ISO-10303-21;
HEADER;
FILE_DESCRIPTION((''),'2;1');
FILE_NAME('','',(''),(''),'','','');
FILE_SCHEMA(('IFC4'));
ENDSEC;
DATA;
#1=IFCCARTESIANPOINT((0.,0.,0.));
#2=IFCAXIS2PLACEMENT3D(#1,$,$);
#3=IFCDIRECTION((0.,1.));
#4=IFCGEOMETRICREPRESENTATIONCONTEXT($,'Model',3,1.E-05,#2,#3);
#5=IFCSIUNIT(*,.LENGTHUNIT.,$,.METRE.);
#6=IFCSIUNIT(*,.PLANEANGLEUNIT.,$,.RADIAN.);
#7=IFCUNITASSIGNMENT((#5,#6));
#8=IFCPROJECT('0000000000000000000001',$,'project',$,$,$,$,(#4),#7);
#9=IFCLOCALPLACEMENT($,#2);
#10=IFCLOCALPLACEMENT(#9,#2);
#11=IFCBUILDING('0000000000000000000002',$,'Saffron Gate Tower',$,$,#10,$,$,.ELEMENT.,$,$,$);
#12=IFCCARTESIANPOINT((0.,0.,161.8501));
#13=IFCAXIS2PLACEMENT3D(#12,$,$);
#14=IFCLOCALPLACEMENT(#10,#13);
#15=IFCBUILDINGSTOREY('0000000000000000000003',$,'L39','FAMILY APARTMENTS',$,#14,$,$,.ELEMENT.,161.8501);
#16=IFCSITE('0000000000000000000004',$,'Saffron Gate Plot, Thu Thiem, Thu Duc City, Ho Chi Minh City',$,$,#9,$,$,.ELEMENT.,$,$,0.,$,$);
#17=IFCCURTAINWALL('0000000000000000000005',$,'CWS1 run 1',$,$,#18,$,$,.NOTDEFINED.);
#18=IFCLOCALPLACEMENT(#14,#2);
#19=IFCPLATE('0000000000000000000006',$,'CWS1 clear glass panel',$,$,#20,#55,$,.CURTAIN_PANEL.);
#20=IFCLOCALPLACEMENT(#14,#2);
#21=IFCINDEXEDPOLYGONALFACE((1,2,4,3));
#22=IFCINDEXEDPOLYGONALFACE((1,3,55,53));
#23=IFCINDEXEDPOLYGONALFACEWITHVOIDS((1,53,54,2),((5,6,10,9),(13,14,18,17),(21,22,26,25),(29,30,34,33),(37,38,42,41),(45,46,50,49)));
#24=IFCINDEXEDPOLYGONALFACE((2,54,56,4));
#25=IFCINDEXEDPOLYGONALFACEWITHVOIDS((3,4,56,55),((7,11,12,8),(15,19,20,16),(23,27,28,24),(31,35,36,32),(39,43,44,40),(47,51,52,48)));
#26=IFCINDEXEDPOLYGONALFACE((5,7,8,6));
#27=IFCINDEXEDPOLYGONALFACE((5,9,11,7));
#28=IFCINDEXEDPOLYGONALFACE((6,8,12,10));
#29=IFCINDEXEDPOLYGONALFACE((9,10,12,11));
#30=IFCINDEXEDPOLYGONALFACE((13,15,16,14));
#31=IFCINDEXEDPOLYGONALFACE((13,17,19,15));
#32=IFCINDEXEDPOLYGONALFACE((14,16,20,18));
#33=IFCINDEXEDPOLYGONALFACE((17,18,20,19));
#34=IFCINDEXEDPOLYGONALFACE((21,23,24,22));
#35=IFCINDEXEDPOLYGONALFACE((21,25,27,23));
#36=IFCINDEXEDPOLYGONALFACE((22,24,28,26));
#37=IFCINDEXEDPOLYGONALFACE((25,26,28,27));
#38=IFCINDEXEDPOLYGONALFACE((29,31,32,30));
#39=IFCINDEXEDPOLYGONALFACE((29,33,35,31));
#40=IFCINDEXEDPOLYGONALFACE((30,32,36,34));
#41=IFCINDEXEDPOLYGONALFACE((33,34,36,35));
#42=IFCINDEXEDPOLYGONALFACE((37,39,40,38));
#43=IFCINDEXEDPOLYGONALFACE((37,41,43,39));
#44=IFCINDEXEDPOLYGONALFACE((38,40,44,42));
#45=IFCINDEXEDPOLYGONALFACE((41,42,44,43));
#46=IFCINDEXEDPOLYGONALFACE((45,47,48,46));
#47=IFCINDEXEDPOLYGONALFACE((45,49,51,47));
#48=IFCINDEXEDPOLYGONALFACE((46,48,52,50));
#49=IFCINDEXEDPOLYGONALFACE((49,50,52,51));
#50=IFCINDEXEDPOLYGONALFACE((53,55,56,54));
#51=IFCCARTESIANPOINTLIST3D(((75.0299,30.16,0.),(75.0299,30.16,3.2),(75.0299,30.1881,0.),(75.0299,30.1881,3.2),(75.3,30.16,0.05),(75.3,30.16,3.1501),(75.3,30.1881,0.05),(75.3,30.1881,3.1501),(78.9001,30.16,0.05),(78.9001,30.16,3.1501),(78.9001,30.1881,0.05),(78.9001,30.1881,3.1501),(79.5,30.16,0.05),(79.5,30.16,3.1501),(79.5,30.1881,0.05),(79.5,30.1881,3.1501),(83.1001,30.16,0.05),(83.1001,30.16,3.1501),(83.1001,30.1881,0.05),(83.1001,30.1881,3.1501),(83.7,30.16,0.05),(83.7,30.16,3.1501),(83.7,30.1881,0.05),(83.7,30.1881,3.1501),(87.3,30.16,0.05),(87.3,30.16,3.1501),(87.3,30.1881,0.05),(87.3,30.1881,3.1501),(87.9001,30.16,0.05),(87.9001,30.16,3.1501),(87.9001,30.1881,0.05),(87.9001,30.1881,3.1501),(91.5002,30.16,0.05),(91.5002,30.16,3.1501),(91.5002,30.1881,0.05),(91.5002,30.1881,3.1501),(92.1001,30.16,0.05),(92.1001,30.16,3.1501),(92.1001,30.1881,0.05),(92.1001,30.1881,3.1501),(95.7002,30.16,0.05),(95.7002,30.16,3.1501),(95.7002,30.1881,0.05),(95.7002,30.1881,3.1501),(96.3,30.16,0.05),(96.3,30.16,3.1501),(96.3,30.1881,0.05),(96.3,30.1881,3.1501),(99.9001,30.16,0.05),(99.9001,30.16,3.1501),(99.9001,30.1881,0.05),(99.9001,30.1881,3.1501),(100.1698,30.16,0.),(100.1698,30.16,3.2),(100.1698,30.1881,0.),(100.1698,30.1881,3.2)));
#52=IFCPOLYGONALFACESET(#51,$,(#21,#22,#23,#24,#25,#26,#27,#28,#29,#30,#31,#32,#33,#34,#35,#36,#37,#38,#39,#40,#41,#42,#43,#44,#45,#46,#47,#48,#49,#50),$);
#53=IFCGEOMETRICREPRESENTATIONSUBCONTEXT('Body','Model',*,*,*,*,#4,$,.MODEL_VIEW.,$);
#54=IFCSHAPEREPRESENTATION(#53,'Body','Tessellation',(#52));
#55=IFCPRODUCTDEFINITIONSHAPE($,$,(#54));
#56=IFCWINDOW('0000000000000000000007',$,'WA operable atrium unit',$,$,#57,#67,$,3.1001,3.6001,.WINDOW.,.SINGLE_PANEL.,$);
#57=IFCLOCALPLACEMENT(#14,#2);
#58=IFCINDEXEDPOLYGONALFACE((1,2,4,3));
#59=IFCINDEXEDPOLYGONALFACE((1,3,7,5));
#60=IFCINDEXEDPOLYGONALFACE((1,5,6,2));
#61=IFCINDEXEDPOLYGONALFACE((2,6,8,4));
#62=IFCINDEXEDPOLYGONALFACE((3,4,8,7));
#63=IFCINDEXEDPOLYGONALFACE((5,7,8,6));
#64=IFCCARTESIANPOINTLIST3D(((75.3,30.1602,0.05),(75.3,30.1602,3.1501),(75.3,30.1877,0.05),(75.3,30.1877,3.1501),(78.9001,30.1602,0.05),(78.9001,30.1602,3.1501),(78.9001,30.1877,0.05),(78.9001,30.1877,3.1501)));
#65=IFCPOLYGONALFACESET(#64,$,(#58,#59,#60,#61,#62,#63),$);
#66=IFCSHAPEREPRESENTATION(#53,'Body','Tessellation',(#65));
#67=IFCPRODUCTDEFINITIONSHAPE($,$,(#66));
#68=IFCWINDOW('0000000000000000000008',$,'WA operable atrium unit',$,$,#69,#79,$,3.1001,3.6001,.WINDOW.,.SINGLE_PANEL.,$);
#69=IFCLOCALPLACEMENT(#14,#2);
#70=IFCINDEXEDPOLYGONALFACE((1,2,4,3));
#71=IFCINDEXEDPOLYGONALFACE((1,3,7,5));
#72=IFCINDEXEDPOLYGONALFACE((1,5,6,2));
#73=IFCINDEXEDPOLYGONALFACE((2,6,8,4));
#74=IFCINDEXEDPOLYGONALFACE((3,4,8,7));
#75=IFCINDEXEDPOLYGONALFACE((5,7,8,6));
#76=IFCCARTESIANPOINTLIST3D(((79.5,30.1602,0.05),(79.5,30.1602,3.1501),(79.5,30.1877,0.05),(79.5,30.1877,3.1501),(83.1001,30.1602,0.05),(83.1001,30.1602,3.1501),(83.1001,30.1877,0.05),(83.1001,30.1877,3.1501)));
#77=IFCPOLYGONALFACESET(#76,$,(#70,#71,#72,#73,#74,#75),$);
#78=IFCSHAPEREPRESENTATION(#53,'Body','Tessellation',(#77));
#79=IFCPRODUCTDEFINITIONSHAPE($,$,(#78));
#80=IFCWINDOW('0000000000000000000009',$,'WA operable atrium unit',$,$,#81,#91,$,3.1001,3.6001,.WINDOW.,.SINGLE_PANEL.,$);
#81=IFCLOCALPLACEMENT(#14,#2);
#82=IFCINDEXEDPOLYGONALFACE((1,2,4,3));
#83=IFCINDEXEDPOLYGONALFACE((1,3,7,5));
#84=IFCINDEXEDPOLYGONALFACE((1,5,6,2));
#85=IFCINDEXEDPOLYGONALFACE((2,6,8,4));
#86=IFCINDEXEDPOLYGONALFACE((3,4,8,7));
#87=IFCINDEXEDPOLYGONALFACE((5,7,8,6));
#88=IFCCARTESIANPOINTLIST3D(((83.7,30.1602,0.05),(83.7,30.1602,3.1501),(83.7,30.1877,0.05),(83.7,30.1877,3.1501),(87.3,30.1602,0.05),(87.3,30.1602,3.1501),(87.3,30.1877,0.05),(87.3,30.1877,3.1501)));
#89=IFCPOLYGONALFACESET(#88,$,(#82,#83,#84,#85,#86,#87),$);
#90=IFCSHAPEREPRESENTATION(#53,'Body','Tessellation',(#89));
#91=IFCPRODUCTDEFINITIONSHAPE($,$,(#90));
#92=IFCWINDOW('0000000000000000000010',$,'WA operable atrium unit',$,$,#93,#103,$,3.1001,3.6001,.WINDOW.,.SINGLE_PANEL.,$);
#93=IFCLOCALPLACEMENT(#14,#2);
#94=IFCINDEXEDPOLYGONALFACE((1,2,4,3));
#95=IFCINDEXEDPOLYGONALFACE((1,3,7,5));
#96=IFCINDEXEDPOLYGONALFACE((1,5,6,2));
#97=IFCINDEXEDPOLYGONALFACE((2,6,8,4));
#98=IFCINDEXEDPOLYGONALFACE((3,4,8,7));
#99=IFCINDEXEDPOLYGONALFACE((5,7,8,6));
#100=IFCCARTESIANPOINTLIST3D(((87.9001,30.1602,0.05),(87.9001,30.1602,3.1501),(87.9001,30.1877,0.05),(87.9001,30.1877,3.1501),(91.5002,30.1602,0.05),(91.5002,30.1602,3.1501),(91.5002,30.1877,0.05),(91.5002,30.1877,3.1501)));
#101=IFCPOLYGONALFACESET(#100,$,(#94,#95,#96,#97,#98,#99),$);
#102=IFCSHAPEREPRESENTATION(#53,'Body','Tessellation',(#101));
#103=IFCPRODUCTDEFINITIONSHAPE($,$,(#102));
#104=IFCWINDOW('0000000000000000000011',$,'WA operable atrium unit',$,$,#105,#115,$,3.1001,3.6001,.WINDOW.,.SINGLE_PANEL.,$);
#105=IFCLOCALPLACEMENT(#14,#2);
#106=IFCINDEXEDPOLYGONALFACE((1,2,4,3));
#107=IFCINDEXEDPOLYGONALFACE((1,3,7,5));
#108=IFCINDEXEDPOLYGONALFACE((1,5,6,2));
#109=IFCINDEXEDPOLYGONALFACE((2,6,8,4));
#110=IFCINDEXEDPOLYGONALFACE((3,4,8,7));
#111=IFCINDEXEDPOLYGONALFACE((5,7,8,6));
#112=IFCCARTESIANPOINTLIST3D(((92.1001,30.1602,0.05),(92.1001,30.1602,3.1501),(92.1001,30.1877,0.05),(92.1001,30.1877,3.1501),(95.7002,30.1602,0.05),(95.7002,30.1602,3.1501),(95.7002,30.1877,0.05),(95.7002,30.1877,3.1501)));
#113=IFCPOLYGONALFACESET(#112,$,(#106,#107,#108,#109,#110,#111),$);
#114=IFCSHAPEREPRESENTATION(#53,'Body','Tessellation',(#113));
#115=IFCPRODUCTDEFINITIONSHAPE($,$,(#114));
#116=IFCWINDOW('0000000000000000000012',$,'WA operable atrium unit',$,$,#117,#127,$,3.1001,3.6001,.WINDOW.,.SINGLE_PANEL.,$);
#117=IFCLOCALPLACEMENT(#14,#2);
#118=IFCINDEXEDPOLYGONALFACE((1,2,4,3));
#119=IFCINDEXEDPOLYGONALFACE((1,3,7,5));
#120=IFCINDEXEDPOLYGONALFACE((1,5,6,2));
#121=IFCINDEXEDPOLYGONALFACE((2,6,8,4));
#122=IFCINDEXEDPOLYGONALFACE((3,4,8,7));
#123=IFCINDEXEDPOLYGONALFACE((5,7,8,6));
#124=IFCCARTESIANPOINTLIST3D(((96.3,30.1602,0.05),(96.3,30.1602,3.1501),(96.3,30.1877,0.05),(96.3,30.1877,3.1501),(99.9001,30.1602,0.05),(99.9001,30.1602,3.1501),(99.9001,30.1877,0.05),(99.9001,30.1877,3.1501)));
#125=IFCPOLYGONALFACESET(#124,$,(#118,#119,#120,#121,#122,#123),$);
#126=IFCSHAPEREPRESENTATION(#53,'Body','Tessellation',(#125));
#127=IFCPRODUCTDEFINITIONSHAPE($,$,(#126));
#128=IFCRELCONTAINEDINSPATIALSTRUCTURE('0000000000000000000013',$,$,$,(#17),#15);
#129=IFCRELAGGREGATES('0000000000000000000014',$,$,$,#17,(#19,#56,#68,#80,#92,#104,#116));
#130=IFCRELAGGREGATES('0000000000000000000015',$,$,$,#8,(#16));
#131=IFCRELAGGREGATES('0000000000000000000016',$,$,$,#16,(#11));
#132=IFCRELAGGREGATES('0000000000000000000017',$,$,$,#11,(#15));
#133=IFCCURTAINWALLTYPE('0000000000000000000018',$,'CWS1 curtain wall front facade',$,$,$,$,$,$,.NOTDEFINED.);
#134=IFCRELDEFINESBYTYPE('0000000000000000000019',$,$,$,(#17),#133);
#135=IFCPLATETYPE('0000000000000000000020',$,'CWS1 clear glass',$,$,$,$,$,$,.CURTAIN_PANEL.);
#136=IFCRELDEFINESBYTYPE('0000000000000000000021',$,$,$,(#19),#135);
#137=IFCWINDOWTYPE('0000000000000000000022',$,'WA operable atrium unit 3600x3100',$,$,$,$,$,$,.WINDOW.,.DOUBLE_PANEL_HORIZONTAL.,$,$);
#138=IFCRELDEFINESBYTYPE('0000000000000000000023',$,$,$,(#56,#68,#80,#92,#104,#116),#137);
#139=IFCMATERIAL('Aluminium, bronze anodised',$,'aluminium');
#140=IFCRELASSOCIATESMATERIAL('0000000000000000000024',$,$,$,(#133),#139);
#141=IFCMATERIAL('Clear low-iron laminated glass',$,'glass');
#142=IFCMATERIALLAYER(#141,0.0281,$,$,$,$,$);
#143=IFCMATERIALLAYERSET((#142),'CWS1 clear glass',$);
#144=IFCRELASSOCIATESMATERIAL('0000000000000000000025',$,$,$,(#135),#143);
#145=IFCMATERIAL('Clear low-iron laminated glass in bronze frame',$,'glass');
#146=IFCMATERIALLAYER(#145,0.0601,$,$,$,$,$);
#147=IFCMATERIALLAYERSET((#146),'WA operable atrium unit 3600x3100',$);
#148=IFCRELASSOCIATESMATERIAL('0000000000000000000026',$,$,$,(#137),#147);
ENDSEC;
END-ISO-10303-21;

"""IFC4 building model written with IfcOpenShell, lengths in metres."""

from ifc_helpers import new_model, si_unit, direction, frame, frame_2d, origin, place, context, subcontext, project, spatial, rectangle, extrude, material, layer, layer_set, type_object, element, fill, aggregate, save


model = new_model("IFC4")

# Units and contexts
model_context = context("Model", 3, precision=1e-05, world=origin(), true_north=direction((0.0, 1.0)))
body_context = subcontext(model_context, "Body", "Model", "MODEL_VIEW")
ifc_project = project(units=[si_unit("LENGTHUNIT", "METRE"), si_unit("PLANEANGLEUNIT", "RADIAN")], contexts=[model_context])

# Site, building, storey
site_placement = place(None, origin())
site = spatial("IfcSite", under=ifc_project, at=site_placement, Name="Saffron Gate Plot, Thu Thiem, Thu Duc City, Ho Chi Minh City", CompositionType="ELEMENT", RefElevation=0.0)
building_placement = place(site_placement, origin())
building = spatial("IfcBuilding", under=site, at=building_placement, Name="Saffron Gate Tower", CompositionType="ELEMENT")
storey_placement = place(building_placement, frame((0.0, 0.0, 161.8501)))
storey = spatial("IfcBuildingStorey", under=building, at=storey_placement, Name="L39", Description="FAMILY APARTMENTS", CompositionType="ELEMENT", Elevation=161.8501)

# Curtain wall, plate, openings, windows
ifc_material_1 = material(Name="Aluminium, bronze anodised", Category="aluminium")
curtain_wall_type = type_object("IfcCurtainWallType", Name="CWS1 curtain wall front facade", PredefinedType="NOTDEFINED", material=ifc_material_1)
curtain_wall_placement = place(storey_placement, origin())
curtain_wall = element("IfcCurtainWall", 1, at=curtain_wall_placement, inside=storey, type_object=curtain_wall_type, Name="CWS1 run 1", PredefinedType="NOTDEFINED")
ifc_material_2 = material(Name="Clear low-iron laminated glass", Category="glass")
ifc_layer_1 = layer(ifc_material_2, 0.0281)
ifc_layer_set_1 = layer_set([ifc_layer_1], Name="CWS1 clear glass")
plate_type = type_object("IfcPlateType", Name="CWS1 clear glass", PredefinedType="CURTAIN_PANEL", material=ifc_layer_set_1)
plate_placement = place(storey_placement, frame((75.03, 30.1741, 0.0), z_axis=(0.0, 0.0, 1.0), x_axis=(1.0, 0.0, 0.0)))
plate = element("IfcPlate", 2, at=plate_placement, type_object=plate_type, Name="CWS1 clear glass panel", PredefinedType="CURTAIN_PANEL", context=body_context, shape_type="SweptSolid", body=[
    extrude(rectangle(XDim=25.1399, YDim=0.0281, at=frame_2d((12.5698, 0.0))), origin(), (0.0, 0.0, 1.0), 3.2),
])
opening_1_placement = place(plate_placement, frame((0.27, 0.0, 0.05)))
opening_1 = element("IfcOpeningElement", 3, at=opening_1_placement, cuts=plate, PredefinedType="OPENING", context=body_context, shape_type="SweptSolid", body=[
    extrude(rectangle(XDim=3.6001, YDim=3.1001, at=frame_2d((1.8, 1.55))), frame((0.0, 0.0239, 0.0), z_axis=(0.0, -1.0, 0.0), x_axis=(1.0, 0.0, 0.0)), (0.0, 0.0, 1.0), 0.0481),
])
opening_2_placement = place(plate_placement, frame((4.47, 0.0, 0.05)))
opening_2 = element("IfcOpeningElement", 4, at=opening_2_placement, cuts=plate, PredefinedType="OPENING", context=body_context, shape_type="SweptSolid", body=[
    extrude(rectangle(XDim=3.6001, YDim=3.1001, at=frame_2d((1.8, 1.55))), frame((0.0, 0.0239, 0.0), z_axis=(0.0, -1.0, 0.0), x_axis=(1.0, 0.0, 0.0)), (0.0, 0.0, 1.0), 0.0481),
])
opening_3_placement = place(plate_placement, frame((8.6699, 0.0, 0.05)))
opening_3 = element("IfcOpeningElement", 5, at=opening_3_placement, cuts=plate, PredefinedType="OPENING", context=body_context, shape_type="SweptSolid", body=[
    extrude(rectangle(XDim=3.6001, YDim=3.1001, at=frame_2d((1.8, 1.55))), frame((0.0, 0.0239, 0.0), z_axis=(0.0, -1.0, 0.0), x_axis=(1.0, 0.0, 0.0)), (0.0, 0.0, 1.0), 0.0481),
])
opening_4_placement = place(plate_placement, frame((12.8701, 0.0, 0.05)))
opening_4 = element("IfcOpeningElement", 6, at=opening_4_placement, cuts=plate, PredefinedType="OPENING", context=body_context, shape_type="SweptSolid", body=[
    extrude(rectangle(XDim=3.6001, YDim=3.1001, at=frame_2d((1.8, 1.55))), frame((0.0, 0.0239, 0.0), z_axis=(0.0, -1.0, 0.0), x_axis=(1.0, 0.0, 0.0)), (0.0, 0.0, 1.0), 0.0481),
])
opening_5_placement = place(plate_placement, frame((17.0701, 0.0, 0.05)))
opening_5 = element("IfcOpeningElement", 7, at=opening_5_placement, cuts=plate, PredefinedType="OPENING", context=body_context, shape_type="SweptSolid", body=[
    extrude(rectangle(XDim=3.6001, YDim=3.1001, at=frame_2d((1.8, 1.55))), frame((0.0, 0.0239, 0.0), z_axis=(0.0, -1.0, 0.0), x_axis=(1.0, 0.0, 0.0)), (0.0, 0.0, 1.0), 0.0481),
])
opening_6_placement = place(plate_placement, frame((21.27, 0.0, 0.05)))
opening_6 = element("IfcOpeningElement", 8, at=opening_6_placement, cuts=plate, PredefinedType="OPENING", context=body_context, shape_type="SweptSolid", body=[
    extrude(rectangle(XDim=3.6001, YDim=3.1001, at=frame_2d((1.8, 1.55))), frame((0.0, 0.0239, 0.0), z_axis=(0.0, -1.0, 0.0), x_axis=(1.0, 0.0, 0.0)), (0.0, 0.0, 1.0), 0.0481),
])
ifc_material_3 = material(Name="Clear low-iron laminated glass in bronze frame", Category="glass")
ifc_layer_2 = layer(ifc_material_3, 0.0601)
ifc_layer_set_2 = layer_set([ifc_layer_2], Name="WA operable atrium unit 3600x3100")
window_type = type_object("IfcWindowType", Name="WA operable atrium unit 3600x3100", PartitioningType="DOUBLE_PANEL_HORIZONTAL", PredefinedType="WINDOW", material=ifc_layer_set_2)
window_1_placement = place(opening_1_placement, origin())
window_1 = element("IfcWindow", 9, at=window_1_placement, type_object=window_type, Name="WA operable atrium unit", OverallHeight=3.1001, OverallWidth=3.6001, PartitioningType="SINGLE_PANEL", PredefinedType="WINDOW", context=body_context, shape_type="SweptSolid", body=[
    extrude(rectangle(XDim=3.6001, YDim=3.1001, at=frame_2d((1.8, 1.55))), frame((0.0, 0.0137, 0.0), z_axis=(0.0, -1.0, 0.0), x_axis=(1.0, 0.0, 0.0)), (0.0, 0.0, 1.0), 0.0276),
])
fill(opening_1, window_1)
window_2_placement = place(opening_2_placement, origin())
window_2 = element("IfcWindow", 10, at=window_2_placement, type_object=window_type, Name="WA operable atrium unit", OverallHeight=3.1001, OverallWidth=3.6001, PartitioningType="SINGLE_PANEL", PredefinedType="WINDOW", context=body_context, shape_type="SweptSolid", body=[
    extrude(rectangle(XDim=3.6001, YDim=3.1001, at=frame_2d((1.8, 1.55))), frame((0.0, 0.0137, 0.0), z_axis=(0.0, -1.0, 0.0), x_axis=(1.0, 0.0, 0.0)), (0.0, 0.0, 1.0), 0.0276),
])
fill(opening_2, window_2)
window_3_placement = place(opening_3_placement, origin())
window_3 = element("IfcWindow", 11, at=window_3_placement, type_object=window_type, Name="WA operable atrium unit", OverallHeight=3.1001, OverallWidth=3.6001, PartitioningType="SINGLE_PANEL", PredefinedType="WINDOW", context=body_context, shape_type="SweptSolid", body=[
    extrude(rectangle(XDim=3.6001, YDim=3.1001, at=frame_2d((1.8, 1.55))), frame((0.0, 0.0137, 0.0), z_axis=(0.0, -1.0, 0.0), x_axis=(1.0, 0.0, 0.0)), (0.0, 0.0, 1.0), 0.0276),
])
fill(opening_3, window_3)
window_4_placement = place(opening_4_placement, origin())
window_4 = element("IfcWindow", 12, at=window_4_placement, type_object=window_type, Name="WA operable atrium unit", OverallHeight=3.1001, OverallWidth=3.6001, PartitioningType="SINGLE_PANEL", PredefinedType="WINDOW", context=body_context, shape_type="SweptSolid", body=[
    extrude(rectangle(XDim=3.6001, YDim=3.1001, at=frame_2d((1.8, 1.55))), frame((0.0, 0.0137, 0.0), z_axis=(0.0, -1.0, 0.0), x_axis=(1.0, 0.0, 0.0)), (0.0, 0.0, 1.0), 0.0276),
])
fill(opening_4, window_4)
window_5_placement = place(opening_5_placement, origin())
window_5 = element("IfcWindow", 13, at=window_5_placement, type_object=window_type, Name="WA operable atrium unit", OverallHeight=3.1001, OverallWidth=3.6001, PartitioningType="SINGLE_PANEL", PredefinedType="WINDOW", context=body_context, shape_type="SweptSolid", body=[
    extrude(rectangle(XDim=3.6001, YDim=3.1001, at=frame_2d((1.8, 1.55))), frame((0.0, 0.0137, 0.0), z_axis=(0.0, -1.0, 0.0), x_axis=(1.0, 0.0, 0.0)), (0.0, 0.0, 1.0), 0.0276),
])
fill(opening_5, window_5)
window_6_placement = place(opening_6_placement, origin())
window_6 = element("IfcWindow", 14, at=window_6_placement, type_object=window_type, Name="WA operable atrium unit", OverallHeight=3.1001, OverallWidth=3.6001, PartitioningType="SINGLE_PANEL", PredefinedType="WINDOW", context=body_context, shape_type="SweptSolid", body=[
    extrude(rectangle(XDim=3.6001, YDim=3.1001, at=frame_2d((1.8, 1.55))), frame((0.0, 0.0137, 0.0), z_axis=(0.0, -1.0, 0.0), x_axis=(1.0, 0.0, 0.0)), (0.0, 0.0, 1.0), 0.0276),
])
fill(opening_6, window_6)
aggregate(curtain_wall, [plate, window_1, window_2, window_3, window_4, window_5, window_6])

save(model, "model.ifc")
